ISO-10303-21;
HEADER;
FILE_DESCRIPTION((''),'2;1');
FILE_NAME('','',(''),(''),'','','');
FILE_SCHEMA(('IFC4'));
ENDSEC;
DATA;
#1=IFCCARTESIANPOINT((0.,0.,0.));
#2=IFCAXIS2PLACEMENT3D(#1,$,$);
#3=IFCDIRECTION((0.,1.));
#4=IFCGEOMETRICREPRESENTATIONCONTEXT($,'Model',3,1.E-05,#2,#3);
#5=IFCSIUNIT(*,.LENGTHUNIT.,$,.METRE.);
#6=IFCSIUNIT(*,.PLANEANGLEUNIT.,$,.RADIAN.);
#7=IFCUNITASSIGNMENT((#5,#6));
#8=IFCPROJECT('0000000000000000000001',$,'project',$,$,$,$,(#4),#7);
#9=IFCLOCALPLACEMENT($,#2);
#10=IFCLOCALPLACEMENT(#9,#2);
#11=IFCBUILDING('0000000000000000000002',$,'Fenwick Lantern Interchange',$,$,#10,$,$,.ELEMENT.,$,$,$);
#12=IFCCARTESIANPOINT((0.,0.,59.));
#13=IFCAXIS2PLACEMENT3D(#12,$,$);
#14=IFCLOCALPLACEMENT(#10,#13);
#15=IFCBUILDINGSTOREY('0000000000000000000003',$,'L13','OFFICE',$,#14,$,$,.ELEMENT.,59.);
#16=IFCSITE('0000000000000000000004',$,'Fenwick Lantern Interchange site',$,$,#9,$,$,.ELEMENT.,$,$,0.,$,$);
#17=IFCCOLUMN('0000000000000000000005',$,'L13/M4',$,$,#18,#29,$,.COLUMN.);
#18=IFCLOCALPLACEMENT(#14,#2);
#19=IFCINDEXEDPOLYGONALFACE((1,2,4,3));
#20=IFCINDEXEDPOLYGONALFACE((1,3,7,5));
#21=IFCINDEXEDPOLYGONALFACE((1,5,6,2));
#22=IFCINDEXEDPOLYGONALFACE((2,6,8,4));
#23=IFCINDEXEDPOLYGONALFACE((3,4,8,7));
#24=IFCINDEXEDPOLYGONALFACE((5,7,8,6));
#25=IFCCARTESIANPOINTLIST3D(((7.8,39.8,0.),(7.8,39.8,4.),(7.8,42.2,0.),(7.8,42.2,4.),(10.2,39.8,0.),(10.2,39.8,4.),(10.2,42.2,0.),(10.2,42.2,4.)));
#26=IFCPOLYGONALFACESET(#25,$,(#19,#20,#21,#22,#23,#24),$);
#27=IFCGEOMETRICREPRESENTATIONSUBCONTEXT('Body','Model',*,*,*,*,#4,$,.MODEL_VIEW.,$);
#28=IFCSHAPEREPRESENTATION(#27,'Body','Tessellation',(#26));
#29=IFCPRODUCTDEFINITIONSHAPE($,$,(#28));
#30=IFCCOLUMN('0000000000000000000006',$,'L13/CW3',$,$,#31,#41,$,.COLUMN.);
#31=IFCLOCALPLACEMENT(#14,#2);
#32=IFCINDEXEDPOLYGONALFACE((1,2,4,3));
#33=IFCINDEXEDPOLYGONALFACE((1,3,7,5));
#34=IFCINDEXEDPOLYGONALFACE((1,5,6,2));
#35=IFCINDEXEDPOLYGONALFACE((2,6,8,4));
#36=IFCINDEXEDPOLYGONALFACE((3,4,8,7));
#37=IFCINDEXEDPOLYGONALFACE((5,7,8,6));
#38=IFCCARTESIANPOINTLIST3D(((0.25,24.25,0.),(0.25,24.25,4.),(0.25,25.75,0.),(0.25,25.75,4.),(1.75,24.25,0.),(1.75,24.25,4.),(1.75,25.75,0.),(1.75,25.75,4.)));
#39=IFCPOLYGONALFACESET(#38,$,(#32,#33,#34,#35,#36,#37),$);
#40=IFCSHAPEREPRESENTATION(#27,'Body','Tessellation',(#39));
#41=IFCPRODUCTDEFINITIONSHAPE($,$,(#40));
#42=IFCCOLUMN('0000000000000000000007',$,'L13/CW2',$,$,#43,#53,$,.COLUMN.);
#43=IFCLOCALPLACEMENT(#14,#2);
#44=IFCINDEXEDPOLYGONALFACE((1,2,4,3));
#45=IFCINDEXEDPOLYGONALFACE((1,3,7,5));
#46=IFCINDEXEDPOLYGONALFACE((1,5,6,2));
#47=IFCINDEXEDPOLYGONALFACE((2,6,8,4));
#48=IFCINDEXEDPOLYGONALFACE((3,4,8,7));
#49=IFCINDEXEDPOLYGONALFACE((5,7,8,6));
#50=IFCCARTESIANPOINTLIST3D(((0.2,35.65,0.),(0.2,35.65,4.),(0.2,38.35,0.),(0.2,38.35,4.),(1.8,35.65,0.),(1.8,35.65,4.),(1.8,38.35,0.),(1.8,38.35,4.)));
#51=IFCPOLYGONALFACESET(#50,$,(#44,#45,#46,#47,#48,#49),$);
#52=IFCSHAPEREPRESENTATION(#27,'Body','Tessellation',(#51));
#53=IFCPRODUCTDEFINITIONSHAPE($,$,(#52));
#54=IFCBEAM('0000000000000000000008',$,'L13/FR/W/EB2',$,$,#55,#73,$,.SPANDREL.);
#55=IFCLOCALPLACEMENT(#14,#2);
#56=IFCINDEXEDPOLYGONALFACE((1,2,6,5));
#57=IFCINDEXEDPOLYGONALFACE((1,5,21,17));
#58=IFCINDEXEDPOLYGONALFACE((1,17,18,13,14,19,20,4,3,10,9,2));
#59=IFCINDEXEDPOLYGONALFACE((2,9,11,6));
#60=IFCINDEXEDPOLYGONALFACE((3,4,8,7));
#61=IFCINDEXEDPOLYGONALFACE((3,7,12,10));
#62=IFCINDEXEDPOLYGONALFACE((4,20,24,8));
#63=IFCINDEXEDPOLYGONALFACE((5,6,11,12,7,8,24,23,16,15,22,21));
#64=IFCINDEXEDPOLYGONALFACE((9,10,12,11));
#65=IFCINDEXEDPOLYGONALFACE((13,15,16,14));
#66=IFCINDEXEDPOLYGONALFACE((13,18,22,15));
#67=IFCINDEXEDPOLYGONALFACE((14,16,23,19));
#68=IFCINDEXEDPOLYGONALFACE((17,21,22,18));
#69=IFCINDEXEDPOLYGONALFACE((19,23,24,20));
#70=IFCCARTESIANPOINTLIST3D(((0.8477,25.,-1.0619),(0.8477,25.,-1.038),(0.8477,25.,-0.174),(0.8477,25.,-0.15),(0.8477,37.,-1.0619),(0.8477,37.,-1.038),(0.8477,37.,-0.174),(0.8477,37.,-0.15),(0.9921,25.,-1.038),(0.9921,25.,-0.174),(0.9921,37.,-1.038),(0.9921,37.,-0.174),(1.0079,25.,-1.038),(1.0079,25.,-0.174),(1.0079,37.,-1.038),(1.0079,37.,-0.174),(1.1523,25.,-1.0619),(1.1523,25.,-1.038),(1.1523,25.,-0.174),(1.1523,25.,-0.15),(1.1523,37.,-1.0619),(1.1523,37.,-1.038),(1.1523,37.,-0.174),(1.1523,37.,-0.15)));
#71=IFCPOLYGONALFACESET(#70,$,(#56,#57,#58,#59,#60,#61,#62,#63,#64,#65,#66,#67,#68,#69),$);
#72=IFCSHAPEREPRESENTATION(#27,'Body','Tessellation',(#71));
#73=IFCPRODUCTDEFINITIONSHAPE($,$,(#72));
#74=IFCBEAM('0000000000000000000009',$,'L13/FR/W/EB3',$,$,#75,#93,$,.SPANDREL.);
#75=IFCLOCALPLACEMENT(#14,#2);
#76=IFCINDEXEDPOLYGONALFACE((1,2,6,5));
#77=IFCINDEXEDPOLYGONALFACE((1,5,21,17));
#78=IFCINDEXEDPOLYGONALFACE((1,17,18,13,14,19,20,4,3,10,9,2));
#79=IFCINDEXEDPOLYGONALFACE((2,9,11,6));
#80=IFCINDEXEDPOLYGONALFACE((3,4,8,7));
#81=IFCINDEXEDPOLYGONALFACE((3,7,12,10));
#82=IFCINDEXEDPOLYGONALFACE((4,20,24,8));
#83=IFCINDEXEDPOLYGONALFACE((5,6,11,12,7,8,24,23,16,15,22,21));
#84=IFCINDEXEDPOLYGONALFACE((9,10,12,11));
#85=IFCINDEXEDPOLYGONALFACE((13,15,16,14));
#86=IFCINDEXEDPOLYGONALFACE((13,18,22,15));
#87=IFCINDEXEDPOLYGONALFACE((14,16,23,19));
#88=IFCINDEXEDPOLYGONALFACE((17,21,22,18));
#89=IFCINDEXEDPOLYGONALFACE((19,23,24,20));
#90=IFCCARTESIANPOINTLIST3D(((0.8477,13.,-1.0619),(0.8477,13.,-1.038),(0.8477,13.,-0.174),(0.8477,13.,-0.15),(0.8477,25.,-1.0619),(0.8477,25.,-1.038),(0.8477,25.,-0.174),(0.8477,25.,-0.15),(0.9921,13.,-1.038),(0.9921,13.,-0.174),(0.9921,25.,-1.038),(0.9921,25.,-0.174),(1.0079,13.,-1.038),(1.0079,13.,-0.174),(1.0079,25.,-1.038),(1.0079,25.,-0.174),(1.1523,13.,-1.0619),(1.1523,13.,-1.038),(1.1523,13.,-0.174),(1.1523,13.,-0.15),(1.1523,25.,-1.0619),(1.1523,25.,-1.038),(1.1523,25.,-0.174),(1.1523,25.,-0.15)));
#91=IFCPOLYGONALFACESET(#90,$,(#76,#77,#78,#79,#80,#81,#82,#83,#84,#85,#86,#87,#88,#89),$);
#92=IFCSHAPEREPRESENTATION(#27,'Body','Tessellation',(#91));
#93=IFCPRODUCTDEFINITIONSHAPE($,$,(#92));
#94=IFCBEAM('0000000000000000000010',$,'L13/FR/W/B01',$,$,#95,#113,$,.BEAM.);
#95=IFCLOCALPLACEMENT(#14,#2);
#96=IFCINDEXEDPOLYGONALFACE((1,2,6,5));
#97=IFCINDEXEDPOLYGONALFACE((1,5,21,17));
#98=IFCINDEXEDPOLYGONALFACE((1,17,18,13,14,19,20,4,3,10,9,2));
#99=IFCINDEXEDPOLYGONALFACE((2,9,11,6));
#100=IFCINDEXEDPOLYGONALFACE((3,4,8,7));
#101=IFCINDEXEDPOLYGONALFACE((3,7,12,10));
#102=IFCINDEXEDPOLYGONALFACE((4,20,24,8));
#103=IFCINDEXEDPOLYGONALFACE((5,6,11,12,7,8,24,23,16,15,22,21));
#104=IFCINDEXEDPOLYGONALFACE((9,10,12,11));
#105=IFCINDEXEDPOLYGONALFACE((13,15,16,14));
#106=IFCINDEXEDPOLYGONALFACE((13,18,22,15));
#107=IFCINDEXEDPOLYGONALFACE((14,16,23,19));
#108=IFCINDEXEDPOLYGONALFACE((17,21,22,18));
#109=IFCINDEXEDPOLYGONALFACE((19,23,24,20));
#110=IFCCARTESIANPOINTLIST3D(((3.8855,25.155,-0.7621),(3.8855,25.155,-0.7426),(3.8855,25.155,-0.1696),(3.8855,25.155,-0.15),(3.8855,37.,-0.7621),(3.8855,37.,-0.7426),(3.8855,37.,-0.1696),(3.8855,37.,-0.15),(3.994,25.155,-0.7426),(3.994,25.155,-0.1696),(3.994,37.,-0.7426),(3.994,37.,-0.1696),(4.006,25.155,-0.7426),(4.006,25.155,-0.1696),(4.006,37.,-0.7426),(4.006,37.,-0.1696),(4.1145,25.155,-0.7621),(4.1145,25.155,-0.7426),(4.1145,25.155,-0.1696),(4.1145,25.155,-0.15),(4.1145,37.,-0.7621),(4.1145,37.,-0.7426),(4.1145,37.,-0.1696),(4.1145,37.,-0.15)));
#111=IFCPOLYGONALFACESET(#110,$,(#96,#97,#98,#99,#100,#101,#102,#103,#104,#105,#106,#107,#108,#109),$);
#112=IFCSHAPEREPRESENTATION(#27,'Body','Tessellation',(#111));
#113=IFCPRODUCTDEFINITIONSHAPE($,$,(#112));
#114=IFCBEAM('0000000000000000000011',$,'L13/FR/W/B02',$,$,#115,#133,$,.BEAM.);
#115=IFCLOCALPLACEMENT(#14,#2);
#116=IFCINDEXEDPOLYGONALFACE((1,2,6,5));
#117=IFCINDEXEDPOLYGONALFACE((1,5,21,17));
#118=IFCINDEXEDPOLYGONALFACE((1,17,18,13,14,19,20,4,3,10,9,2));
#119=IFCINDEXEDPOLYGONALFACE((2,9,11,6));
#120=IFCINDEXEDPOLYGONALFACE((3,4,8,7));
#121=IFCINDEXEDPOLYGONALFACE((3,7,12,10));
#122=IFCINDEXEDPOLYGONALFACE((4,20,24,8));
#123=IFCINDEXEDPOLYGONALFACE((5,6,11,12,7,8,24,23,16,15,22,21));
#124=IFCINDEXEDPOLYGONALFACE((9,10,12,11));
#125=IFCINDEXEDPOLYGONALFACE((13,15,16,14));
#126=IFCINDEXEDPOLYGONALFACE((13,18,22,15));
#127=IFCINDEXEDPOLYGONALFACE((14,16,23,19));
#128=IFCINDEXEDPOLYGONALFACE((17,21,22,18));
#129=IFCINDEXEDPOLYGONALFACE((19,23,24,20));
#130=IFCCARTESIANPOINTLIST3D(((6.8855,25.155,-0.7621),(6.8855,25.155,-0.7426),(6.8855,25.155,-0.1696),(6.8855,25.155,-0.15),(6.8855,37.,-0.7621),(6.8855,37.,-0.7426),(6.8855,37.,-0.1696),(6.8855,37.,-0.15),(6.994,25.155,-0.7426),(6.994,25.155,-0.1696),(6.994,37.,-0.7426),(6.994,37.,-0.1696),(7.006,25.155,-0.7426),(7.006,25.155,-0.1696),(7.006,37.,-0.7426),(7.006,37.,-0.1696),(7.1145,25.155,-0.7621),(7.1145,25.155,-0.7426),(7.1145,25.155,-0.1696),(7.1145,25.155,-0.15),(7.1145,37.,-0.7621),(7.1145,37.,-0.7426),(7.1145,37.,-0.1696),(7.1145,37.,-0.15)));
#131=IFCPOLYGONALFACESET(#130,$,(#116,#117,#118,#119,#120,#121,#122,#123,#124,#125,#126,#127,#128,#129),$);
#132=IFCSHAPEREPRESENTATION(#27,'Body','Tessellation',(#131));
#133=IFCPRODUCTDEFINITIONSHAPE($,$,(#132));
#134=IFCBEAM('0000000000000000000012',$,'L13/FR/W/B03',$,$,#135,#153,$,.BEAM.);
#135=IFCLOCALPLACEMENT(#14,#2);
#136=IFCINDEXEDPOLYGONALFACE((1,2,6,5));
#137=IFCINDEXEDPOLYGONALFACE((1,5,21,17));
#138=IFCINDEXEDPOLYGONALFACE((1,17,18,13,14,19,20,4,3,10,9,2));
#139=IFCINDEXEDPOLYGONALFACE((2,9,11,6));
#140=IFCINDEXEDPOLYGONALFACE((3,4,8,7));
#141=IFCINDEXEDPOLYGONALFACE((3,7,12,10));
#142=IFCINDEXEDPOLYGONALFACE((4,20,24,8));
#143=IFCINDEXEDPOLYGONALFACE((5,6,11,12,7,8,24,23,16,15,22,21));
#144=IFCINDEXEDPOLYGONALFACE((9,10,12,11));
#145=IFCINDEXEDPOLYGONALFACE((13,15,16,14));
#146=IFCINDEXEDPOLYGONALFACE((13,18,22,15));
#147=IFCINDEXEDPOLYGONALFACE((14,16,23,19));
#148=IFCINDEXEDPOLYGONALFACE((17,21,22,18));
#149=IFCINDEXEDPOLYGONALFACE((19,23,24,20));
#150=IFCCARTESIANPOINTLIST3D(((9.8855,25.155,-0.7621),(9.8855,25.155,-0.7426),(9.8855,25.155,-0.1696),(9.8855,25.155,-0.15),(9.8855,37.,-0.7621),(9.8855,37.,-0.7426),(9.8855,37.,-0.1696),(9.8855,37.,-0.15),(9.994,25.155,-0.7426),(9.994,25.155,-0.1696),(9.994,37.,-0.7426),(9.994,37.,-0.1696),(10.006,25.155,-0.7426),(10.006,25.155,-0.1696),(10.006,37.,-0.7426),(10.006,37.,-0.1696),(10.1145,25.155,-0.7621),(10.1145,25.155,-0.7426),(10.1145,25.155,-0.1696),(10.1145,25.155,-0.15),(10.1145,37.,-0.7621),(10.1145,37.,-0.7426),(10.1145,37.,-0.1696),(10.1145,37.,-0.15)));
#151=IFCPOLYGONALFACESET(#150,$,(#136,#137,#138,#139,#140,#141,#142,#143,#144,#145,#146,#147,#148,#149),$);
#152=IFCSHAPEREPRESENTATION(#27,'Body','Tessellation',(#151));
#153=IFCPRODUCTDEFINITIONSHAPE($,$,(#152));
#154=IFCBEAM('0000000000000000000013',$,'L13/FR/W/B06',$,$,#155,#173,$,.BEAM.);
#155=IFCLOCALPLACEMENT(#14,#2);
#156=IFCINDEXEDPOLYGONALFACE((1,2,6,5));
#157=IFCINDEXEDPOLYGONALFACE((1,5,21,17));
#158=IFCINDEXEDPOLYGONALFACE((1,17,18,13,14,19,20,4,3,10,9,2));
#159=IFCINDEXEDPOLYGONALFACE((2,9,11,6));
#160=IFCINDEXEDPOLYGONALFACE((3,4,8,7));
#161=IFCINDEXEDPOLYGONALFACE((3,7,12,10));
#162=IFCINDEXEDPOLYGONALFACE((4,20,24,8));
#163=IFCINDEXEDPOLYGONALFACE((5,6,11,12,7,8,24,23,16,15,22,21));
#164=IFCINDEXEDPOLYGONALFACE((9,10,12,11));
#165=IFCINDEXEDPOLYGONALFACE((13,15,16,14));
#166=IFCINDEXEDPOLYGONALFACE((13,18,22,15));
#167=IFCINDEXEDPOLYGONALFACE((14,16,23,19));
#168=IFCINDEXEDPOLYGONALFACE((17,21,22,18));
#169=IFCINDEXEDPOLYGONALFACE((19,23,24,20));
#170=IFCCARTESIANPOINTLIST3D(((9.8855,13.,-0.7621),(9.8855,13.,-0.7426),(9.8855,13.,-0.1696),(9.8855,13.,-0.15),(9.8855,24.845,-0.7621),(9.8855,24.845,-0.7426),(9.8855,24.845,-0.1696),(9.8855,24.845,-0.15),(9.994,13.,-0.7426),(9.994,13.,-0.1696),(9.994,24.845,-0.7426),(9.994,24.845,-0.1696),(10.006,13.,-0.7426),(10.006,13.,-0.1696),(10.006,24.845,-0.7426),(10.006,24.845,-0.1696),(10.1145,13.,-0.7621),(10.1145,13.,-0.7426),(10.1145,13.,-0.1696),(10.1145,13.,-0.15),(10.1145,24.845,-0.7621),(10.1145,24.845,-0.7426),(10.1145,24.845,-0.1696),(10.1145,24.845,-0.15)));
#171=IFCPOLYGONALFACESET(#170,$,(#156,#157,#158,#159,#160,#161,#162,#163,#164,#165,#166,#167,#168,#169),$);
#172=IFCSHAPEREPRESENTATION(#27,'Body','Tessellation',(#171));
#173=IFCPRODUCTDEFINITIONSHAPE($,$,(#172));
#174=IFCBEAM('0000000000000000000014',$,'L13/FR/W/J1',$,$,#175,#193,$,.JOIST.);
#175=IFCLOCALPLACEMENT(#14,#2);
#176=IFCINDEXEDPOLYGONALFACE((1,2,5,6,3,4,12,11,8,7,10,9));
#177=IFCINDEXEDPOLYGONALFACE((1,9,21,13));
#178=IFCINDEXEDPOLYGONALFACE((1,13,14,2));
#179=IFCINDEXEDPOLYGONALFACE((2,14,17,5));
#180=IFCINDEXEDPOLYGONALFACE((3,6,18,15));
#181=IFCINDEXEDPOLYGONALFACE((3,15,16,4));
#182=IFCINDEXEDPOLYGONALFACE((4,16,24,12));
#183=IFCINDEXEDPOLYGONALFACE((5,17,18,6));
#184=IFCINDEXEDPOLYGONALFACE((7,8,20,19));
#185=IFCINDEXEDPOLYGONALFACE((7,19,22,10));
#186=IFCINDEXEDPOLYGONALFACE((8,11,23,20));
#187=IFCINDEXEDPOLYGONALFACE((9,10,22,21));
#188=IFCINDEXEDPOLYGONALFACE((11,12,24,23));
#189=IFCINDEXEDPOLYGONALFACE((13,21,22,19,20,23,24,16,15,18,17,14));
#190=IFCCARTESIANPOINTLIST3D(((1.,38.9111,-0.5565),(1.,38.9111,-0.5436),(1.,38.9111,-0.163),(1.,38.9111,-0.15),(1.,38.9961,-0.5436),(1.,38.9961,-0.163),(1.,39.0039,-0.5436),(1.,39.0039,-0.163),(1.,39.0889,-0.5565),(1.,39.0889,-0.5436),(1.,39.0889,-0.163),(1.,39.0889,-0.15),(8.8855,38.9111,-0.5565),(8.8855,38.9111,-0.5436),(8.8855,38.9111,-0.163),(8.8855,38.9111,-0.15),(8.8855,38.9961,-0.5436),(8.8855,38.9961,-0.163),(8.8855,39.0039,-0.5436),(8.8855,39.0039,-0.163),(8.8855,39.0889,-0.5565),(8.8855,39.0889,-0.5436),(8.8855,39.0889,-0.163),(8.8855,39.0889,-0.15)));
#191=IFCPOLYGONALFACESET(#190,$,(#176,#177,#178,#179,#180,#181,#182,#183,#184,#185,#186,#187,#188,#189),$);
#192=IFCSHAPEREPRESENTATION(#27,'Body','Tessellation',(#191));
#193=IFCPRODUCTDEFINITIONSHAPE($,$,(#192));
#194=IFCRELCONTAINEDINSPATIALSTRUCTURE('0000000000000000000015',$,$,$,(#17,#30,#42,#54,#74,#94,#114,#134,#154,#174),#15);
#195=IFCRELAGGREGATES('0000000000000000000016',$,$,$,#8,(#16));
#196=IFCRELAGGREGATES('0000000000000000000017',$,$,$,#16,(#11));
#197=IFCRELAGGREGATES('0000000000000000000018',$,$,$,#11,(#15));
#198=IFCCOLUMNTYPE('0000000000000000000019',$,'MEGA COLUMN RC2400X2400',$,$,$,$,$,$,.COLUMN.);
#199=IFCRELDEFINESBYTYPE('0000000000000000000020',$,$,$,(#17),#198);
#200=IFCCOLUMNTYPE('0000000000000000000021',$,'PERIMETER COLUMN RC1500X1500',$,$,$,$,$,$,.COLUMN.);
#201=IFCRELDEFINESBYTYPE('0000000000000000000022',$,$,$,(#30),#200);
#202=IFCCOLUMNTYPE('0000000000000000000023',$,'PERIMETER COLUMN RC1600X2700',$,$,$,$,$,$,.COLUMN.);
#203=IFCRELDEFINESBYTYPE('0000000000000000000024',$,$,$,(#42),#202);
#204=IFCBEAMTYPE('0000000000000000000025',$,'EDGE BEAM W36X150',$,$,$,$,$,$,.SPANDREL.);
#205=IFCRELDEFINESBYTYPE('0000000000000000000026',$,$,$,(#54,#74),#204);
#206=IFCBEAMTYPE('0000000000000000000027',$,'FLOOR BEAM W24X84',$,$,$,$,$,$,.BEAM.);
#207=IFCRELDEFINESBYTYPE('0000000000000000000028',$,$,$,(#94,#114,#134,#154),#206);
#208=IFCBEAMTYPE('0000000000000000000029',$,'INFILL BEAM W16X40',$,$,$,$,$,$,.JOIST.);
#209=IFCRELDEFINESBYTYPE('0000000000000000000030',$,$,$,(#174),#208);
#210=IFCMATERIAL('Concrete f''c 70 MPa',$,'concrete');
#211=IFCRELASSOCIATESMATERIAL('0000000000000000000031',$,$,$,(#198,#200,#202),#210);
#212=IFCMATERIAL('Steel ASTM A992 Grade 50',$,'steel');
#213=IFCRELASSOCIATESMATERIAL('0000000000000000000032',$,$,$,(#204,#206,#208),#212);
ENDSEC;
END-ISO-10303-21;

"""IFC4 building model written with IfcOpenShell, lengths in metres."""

from ifc_helpers import new_model, si_unit, direction, frame, origin, origin_2d, place, context, subcontext, project, spatial, rectangle, i_section, extrude, material, material_profile, profile_set, type_object, element, save


model = new_model("IFC4")

# Units and contexts
model_context = context("Model", 3, precision=1e-05, world=origin(), true_north=direction((0.0, 1.0)))
body_context = subcontext(model_context, "Body", "Model", "MODEL_VIEW")
ifc_project = project(units=[si_unit("LENGTHUNIT", "METRE"), si_unit("PLANEANGLEUNIT", "RADIAN")], contexts=[model_context])

# Site, building, storey
site_placement = place(None, origin())
site = spatial("IfcSite", under=ifc_project, at=site_placement, Name="Fenwick Lantern Interchange site", CompositionType="ELEMENT", RefElevation=0.0)
building_placement = place(site_placement, origin())
building = spatial("IfcBuilding", under=site, at=building_placement, Name="Fenwick Lantern Interchange", CompositionType="ELEMENT")
storey_placement = place(building_placement, frame((0.0, 0.0, 59.0)))
storey = spatial("IfcBuildingStorey", under=building, at=storey_placement, Name="L13", Description="OFFICE", CompositionType="ELEMENT", Elevation=59.0)

# Columns
ifc_material_1 = material(Name="Concrete f'c 70 MPa", Category="concrete")
ifc_material_profile_1 = material_profile(ifc_material_1, rectangle(XDim=2.3999, YDim=2.3999, at=origin_2d()), Name="RC2400X2400")
ifc_profile_set_1 = profile_set([ifc_material_profile_1], Name="Concrete f'c 70 MPa")
column_type_1 = type_object("IfcColumnType", Name="MEGA COLUMN RC2400X2400", PredefinedType="COLUMN", material=ifc_profile_set_1)
column_1_placement = place(storey_placement, frame((9.0, 41.0, 0.0), z_axis=(0.0, 0.0, 1.0), x_axis=(1.0, 0.0, 0.0)))
element("IfcColumn", 1, at=column_1_placement, inside=storey, type_object=column_type_1, Name="L13/M4", PredefinedType="COLUMN", context=body_context, shape_type="SweptSolid", body=[
    extrude(rectangle(XDim=2.3999, YDim=2.3999, at=origin_2d()), origin(), (0.0, 0.0, 1.0), 4.0),
])
ifc_material_profile_2 = material_profile(ifc_material_1, rectangle(XDim=1.5, YDim=1.5, at=origin_2d()), Name="RC1500X1500")
ifc_profile_set_2 = profile_set([ifc_material_profile_2], Name="Concrete f'c 70 MPa")
column_type_2 = type_object("IfcColumnType", Name="PERIMETER COLUMN RC1500X1500", PredefinedType="COLUMN", material=ifc_profile_set_2)
column_2_placement = place(storey_placement, frame((1.0, 25.0, 0.0), z_axis=(0.0, 0.0, 1.0), x_axis=(1.0, 0.0, 0.0)))
element("IfcColumn", 2, at=column_2_placement, inside=storey, type_object=column_type_2, Name="L13/CW3", PredefinedType="COLUMN", context=body_context, shape_type="SweptSolid", body=[
    extrude(rectangle(XDim=1.5, YDim=1.5, at=origin_2d()), origin(), (0.0, 0.0, 1.0), 4.0),
])
ifc_material_profile_3 = material_profile(ifc_material_1, rectangle(XDim=1.6001, YDim=2.7, at=origin_2d()), Name="RC1600X2700")
ifc_profile_set_3 = profile_set([ifc_material_profile_3], Name="Concrete f'c 70 MPa")
column_type_3 = type_object("IfcColumnType", Name="PERIMETER COLUMN RC1600X2700", PredefinedType="COLUMN", material=ifc_profile_set_3)
column_3_placement = place(storey_placement, frame((1.0, 37.0, 0.0), z_axis=(0.0, 0.0, 1.0), x_axis=(1.0, 0.0, 0.0)))
element("IfcColumn", 3, at=column_3_placement, inside=storey, type_object=column_type_3, Name="L13/CW2", PredefinedType="COLUMN", context=body_context, shape_type="SweptSolid", body=[
    extrude(rectangle(XDim=1.6001, YDim=2.7, at=origin_2d()), origin(), (0.0, 0.0, 1.0), 4.0),
])

# Beams
ifc_material_2 = material(Name="Steel ASTM A992 Grade 50", Category="steel")
ifc_material_profile_4 = material_profile(ifc_material_2, i_section(OverallWidth=0.3047, OverallDepth=0.9119, WebThickness=0.0159, FlangeThickness=0.0239, at=origin_2d()), Name="W36X150")
ifc_profile_set_4 = profile_set([ifc_material_profile_4], Name="Steel ASTM A992 Grade 50")
beam_type_1 = type_object("IfcBeamType", Name="EDGE BEAM W36X150", PredefinedType="SPANDREL", material=ifc_profile_set_4)
for number, where, z_axis, x_axis, name in (
    (4, (1.0, 37.0, -0.606), (0.0, -1.0, 0.0), (1.0, 0.0, 0.0), "L13/FR/W/EB2"),
    (5, (1.0, 25.0, -0.606), (0.0, -1.0, 0.0), (1.0, 0.0, 0.0), "L13/FR/W/EB3"),
):
    element("IfcBeam", number, at=place(storey_placement, frame(where, z_axis=z_axis, x_axis=x_axis)), inside=storey, type_object=beam_type_1, Name=name, PredefinedType="SPANDREL", context=body_context, shape_type="SweptSolid", body=[
        extrude(i_section(OverallWidth=0.3047, OverallDepth=0.9119, WebThickness=0.0159, FlangeThickness=0.0239, at=origin_2d()), origin(), (0.0, 0.0, 1.0), 12.0),
    ])
ifc_material_profile_5 = material_profile(ifc_material_2, i_section(OverallWidth=0.229, OverallDepth=0.6121, WebThickness=0.012, FlangeThickness=0.0195, at=origin_2d()), Name="W24X84")
ifc_profile_set_5 = profile_set([ifc_material_profile_5], Name="Steel ASTM A992 Grade 50")
beam_type_2 = type_object("IfcBeamType", Name="FLOOR BEAM W24X84", PredefinedType="BEAM", material=ifc_profile_set_5)
for number, where, z_axis, x_axis, name in (
    (6, (4.0, 37.0, -0.4561), (0.0, -1.0, 0.0), (1.0, 0.0, 0.0), "L13/FR/W/B01"),
    (7, (7.0, 37.0, -0.4561), (0.0, -1.0, 0.0), (1.0, 0.0, 0.0), "L13/FR/W/B02"),
    (8, (10.0, 37.0, -0.4561), (0.0, -1.0, 0.0), (1.0, 0.0, 0.0), "L13/FR/W/B03"),
    (9, (10.0, 24.845, -0.4561), (0.0, -1.0, 0.0), (1.0, 0.0, 0.0), "L13/FR/W/B06"),
):
    element("IfcBeam", number, at=place(storey_placement, frame(where, z_axis=z_axis, x_axis=x_axis)), inside=storey, type_object=beam_type_2, Name=name, PredefinedType="BEAM", context=body_context, shape_type="SweptSolid", body=[
        extrude(i_section(OverallWidth=0.229, OverallDepth=0.6121, WebThickness=0.012, FlangeThickness=0.0195, at=origin_2d()), origin(), (0.0, 0.0, 1.0), 11.845),
    ])
ifc_material_profile_6 = material_profile(ifc_material_2, i_section(OverallWidth=0.1777, OverallDepth=0.4065, WebThickness=0.0078, FlangeThickness=0.0129, at=origin_2d()), Name="W16X40")
ifc_profile_set_6 = profile_set([ifc_material_profile_6], Name="Steel ASTM A992 Grade 50")
beam_type_3 = type_object("IfcBeamType", Name="INFILL BEAM W16X40", PredefinedType="JOIST", material=ifc_profile_set_6)
beam_1_placement = place(storey_placement, frame((1.0, 39.0, -0.3533), z_axis=(1.0, 0.0, 0.0), x_axis=(0.0, 1.0, 0.0)))
element("IfcBeam", 10, at=beam_1_placement, inside=storey, type_object=beam_type_3, Name="L13/FR/W/J1", PredefinedType="JOIST", context=body_context, shape_type="SweptSolid", body=[
    extrude(i_section(OverallWidth=0.1777, OverallDepth=0.4065, WebThickness=0.0078, FlangeThickness=0.0129, at=origin_2d()), origin(), (0.0, 0.0, 1.0), 7.8855),
])

save(model, "model.ifc")
